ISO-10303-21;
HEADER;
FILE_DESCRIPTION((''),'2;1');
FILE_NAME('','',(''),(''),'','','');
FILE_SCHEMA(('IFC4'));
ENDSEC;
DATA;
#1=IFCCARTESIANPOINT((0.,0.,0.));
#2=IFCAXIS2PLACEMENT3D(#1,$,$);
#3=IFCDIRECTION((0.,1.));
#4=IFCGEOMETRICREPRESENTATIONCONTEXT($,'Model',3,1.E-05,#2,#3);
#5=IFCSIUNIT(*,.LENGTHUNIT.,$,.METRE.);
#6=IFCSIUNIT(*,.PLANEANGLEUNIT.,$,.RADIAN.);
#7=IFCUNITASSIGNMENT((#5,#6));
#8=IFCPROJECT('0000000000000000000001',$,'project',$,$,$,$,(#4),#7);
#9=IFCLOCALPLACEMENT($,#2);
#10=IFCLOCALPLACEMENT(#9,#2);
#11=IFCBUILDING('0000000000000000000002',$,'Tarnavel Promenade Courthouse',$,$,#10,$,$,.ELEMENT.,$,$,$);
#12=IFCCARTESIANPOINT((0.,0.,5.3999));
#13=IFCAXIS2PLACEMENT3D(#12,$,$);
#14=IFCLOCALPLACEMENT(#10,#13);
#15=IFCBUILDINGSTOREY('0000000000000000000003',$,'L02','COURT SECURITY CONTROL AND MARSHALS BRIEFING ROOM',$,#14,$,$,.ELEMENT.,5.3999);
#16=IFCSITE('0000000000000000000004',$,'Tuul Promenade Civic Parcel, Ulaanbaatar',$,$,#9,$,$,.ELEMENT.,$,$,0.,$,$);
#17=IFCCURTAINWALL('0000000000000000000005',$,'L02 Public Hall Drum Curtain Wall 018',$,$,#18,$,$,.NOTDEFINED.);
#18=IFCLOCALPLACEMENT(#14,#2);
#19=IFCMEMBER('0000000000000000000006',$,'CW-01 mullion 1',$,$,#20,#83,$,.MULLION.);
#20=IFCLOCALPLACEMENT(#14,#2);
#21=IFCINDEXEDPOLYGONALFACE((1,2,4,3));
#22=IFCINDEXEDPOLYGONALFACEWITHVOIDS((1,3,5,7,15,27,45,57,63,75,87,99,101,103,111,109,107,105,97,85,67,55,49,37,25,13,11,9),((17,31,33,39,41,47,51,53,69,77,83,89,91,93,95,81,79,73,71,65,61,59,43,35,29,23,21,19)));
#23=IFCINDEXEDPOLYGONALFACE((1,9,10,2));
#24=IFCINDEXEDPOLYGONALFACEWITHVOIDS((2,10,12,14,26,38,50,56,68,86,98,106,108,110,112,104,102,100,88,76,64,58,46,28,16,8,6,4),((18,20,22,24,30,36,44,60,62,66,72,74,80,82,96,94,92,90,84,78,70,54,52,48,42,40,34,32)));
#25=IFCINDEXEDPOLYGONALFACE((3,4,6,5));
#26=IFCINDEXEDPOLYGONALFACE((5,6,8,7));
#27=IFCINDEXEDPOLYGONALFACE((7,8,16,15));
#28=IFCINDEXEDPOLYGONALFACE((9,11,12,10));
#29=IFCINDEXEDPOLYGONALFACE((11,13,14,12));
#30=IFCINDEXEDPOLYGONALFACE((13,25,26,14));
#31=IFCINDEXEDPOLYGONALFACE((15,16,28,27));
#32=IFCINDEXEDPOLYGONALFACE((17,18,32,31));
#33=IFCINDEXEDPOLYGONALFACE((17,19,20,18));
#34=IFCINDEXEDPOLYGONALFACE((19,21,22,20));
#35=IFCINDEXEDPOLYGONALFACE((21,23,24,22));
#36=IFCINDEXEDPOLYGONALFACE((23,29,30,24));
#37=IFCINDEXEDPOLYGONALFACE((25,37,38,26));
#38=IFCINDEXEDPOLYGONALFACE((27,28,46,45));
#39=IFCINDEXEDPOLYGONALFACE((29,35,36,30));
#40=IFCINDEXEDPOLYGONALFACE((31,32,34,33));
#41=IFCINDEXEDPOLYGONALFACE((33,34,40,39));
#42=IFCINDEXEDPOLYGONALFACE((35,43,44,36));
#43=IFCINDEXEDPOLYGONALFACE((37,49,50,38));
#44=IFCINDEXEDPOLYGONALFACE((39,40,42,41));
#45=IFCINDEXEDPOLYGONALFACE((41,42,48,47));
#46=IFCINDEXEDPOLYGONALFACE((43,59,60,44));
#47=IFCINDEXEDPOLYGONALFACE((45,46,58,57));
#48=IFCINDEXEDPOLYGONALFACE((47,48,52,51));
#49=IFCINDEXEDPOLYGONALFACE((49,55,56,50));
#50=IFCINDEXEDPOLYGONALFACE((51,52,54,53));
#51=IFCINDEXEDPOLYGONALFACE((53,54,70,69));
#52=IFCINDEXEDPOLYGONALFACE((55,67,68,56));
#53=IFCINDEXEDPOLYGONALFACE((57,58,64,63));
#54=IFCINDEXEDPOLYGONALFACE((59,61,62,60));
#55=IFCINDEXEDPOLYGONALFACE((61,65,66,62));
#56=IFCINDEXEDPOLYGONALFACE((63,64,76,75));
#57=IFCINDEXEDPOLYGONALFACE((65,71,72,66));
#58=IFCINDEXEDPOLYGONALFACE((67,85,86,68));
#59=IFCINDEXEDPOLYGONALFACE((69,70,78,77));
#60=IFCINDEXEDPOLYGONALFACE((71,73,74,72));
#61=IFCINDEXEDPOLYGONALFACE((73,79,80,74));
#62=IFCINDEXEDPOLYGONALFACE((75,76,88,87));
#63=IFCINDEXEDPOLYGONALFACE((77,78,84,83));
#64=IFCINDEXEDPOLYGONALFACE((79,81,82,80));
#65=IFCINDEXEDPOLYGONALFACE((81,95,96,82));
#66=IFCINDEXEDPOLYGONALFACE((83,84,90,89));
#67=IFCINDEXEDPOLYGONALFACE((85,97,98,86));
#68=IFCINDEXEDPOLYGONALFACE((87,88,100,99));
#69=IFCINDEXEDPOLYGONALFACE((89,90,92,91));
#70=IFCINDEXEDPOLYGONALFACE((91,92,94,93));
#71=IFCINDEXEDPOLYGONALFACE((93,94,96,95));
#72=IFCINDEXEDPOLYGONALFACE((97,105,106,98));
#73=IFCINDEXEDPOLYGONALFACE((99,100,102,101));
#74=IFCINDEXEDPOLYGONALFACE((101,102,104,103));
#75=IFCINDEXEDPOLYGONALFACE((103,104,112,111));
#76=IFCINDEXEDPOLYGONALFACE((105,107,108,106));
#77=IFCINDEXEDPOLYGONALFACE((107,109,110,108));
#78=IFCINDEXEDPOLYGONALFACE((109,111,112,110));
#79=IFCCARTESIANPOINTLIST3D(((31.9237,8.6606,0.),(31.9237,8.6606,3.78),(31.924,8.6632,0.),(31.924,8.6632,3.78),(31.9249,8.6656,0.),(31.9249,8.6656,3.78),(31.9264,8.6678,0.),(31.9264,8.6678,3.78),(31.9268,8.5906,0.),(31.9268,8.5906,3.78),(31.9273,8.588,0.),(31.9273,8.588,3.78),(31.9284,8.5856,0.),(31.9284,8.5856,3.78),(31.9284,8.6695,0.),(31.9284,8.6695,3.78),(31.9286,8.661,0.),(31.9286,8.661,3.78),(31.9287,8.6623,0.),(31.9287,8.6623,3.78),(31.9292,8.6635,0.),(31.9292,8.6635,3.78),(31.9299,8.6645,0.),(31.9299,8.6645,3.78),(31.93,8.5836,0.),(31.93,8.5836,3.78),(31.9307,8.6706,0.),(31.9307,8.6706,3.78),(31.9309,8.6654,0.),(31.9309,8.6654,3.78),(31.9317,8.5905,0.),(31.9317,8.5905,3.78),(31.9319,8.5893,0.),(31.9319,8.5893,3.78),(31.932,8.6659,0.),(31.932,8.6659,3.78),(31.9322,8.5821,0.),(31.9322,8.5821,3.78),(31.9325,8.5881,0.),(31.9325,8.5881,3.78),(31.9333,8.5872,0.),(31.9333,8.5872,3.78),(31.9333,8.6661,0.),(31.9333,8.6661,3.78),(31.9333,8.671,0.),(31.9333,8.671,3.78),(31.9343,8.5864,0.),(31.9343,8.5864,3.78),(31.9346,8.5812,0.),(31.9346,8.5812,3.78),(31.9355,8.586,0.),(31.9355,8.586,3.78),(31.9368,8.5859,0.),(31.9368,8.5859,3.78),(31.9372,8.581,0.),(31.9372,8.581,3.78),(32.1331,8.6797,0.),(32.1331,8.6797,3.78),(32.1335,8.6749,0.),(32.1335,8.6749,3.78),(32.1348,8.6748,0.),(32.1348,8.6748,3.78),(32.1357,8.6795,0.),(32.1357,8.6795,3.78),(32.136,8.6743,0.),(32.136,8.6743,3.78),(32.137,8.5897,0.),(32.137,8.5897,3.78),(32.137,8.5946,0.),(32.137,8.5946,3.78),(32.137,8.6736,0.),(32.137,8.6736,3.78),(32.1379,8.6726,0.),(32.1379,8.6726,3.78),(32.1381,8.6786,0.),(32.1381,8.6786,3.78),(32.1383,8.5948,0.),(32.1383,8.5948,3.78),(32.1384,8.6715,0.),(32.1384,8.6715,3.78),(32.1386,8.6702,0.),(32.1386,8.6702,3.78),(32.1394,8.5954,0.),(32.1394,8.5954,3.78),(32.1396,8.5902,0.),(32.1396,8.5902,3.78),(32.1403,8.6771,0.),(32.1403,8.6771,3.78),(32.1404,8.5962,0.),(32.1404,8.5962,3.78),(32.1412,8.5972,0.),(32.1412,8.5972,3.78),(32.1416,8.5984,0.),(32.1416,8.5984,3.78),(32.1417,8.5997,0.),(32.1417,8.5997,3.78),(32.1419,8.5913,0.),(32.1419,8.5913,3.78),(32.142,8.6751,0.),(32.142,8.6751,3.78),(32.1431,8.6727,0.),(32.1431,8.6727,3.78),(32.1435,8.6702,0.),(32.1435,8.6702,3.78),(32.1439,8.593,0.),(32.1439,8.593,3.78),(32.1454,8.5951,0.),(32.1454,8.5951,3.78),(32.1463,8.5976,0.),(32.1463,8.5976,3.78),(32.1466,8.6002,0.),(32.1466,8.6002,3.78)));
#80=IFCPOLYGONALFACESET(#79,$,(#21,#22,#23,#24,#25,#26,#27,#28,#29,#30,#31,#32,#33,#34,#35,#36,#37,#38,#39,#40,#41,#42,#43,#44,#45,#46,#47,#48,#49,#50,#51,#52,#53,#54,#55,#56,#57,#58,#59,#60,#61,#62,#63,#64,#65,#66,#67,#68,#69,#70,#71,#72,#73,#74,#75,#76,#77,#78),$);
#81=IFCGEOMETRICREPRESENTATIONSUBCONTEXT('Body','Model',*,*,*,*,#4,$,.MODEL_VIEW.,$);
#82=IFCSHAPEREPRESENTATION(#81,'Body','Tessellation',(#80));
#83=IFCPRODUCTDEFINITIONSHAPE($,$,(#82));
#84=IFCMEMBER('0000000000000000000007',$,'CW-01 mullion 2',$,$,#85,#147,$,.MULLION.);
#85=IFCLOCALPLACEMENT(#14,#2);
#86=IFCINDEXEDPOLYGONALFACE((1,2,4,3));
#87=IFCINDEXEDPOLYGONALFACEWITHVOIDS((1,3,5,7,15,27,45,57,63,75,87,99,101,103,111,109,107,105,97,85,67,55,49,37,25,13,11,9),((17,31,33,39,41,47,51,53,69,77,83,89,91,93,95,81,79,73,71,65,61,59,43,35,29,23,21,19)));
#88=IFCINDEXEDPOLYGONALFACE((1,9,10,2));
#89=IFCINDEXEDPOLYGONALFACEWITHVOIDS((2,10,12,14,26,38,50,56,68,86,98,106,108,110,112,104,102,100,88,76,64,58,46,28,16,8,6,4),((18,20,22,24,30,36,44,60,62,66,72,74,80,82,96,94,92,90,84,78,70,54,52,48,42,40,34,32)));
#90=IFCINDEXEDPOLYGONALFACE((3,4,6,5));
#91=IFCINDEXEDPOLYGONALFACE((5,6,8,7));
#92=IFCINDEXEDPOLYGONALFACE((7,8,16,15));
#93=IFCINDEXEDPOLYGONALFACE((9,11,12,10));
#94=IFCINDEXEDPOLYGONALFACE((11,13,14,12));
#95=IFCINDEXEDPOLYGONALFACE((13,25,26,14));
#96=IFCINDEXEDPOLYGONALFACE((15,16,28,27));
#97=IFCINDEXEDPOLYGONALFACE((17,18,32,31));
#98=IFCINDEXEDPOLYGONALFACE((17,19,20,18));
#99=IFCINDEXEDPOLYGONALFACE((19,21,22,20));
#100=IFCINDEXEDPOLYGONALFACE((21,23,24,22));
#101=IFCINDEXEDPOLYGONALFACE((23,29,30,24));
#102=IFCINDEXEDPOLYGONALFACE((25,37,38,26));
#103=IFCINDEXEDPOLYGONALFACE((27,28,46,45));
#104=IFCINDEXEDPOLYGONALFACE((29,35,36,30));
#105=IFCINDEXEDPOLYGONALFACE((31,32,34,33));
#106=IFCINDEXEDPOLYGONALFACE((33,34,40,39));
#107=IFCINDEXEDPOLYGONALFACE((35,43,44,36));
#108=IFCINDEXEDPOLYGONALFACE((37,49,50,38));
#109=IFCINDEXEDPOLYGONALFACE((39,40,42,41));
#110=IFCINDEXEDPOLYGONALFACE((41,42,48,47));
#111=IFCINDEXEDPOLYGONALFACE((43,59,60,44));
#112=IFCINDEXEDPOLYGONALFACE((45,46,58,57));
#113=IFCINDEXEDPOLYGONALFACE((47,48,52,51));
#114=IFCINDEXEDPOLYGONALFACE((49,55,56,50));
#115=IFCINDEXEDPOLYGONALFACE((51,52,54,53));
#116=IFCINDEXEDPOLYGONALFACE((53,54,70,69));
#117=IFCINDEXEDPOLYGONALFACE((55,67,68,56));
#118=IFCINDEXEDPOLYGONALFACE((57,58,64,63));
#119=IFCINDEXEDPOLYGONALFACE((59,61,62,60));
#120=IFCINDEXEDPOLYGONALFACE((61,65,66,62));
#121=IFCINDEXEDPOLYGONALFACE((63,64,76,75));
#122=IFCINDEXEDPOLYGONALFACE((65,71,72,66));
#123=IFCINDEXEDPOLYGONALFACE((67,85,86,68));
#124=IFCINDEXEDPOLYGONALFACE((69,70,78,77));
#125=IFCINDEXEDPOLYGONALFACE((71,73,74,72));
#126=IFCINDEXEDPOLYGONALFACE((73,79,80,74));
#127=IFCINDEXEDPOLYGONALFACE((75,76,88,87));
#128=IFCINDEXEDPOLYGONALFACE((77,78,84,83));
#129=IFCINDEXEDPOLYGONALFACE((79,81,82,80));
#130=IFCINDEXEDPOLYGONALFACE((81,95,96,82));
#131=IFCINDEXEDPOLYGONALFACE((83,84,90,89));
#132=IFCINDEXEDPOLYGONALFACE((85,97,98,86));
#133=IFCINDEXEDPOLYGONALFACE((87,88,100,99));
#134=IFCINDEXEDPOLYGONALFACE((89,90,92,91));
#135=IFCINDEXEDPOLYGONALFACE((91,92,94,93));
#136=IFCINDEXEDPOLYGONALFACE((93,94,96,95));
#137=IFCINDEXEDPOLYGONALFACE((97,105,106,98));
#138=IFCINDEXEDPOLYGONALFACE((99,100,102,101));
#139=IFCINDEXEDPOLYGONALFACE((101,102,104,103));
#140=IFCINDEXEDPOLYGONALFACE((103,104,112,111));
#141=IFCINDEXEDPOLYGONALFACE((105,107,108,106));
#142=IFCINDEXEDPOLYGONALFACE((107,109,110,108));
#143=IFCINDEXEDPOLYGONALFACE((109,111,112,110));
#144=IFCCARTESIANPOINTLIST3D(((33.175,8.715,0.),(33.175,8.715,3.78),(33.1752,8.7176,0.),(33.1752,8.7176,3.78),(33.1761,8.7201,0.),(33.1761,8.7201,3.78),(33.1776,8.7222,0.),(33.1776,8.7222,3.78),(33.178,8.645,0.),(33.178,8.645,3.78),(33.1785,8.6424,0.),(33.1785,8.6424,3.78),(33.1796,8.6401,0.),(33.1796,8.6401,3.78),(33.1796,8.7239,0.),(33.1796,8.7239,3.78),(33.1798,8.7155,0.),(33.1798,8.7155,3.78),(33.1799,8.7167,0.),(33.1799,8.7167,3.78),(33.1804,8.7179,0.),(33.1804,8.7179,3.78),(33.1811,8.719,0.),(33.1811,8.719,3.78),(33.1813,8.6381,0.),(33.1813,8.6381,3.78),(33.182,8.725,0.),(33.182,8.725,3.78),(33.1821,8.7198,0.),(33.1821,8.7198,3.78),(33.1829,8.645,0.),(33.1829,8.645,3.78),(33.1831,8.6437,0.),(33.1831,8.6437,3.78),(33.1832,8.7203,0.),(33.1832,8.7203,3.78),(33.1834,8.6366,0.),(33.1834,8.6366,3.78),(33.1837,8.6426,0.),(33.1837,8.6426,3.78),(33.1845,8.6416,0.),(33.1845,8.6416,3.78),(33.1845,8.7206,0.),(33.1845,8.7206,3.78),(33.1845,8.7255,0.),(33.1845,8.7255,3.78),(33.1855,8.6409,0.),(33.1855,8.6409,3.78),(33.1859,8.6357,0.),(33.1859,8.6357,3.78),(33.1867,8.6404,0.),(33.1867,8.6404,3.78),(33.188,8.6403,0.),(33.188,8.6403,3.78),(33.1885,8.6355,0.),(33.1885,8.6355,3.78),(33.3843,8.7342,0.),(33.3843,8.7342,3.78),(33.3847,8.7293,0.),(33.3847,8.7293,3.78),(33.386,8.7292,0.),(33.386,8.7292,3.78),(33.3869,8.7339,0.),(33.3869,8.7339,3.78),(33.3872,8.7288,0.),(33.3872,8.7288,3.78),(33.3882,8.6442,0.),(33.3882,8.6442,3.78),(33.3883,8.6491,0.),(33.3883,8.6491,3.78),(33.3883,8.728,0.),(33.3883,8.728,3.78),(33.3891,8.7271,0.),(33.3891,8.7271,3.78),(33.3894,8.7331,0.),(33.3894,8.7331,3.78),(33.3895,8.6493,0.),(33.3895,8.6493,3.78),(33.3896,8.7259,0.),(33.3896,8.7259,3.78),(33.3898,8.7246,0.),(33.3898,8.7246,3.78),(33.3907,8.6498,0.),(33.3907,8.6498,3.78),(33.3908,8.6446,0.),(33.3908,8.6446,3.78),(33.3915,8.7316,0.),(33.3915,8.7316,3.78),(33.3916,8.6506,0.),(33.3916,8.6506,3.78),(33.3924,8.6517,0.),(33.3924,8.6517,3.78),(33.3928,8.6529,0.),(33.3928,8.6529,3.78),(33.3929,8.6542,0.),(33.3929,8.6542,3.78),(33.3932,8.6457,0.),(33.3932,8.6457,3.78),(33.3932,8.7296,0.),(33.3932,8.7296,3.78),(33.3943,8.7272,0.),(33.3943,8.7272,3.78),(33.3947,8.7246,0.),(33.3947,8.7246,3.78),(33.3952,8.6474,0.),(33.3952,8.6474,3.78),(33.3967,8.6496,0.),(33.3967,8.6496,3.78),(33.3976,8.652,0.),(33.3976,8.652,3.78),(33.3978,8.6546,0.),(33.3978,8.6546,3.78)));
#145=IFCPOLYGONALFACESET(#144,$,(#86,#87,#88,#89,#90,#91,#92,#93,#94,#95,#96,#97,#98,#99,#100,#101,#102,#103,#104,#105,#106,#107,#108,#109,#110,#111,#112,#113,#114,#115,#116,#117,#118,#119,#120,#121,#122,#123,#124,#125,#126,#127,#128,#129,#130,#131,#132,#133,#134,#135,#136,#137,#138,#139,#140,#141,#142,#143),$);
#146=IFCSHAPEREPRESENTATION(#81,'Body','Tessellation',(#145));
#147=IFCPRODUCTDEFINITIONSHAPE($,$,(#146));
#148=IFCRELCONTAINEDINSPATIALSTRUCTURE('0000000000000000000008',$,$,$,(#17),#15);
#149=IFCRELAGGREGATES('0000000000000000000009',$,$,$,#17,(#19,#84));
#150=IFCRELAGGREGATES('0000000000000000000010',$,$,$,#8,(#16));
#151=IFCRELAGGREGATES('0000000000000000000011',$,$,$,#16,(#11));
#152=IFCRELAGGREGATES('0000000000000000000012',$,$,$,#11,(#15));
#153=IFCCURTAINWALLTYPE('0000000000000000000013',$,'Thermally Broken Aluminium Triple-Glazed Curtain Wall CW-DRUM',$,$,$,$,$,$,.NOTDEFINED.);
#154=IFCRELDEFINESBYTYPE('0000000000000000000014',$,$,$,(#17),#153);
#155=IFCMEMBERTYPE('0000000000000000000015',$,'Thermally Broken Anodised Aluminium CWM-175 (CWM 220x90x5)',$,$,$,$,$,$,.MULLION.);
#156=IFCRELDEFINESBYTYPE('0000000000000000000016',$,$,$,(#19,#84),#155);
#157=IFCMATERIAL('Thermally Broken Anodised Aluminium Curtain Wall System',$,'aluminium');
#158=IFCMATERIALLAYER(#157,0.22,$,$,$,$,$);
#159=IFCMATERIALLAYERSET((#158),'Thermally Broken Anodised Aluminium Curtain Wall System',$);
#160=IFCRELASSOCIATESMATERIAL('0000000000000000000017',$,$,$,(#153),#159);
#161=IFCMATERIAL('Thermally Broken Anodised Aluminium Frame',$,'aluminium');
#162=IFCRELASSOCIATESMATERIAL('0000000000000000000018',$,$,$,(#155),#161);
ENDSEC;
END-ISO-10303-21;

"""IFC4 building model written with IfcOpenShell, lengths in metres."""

from ifc_helpers import new_model, si_unit, direction, frame, origin, origin_2d, place, context, subcontext, project, spatial, hollow_rectangle, extrude, material, layer, layer_set, material_profile, profile_set, type_object, element, aggregate, save


model = new_model("IFC4")

# Units and contexts
model_context = context("Model", 3, precision=1e-05, world=origin(), true_north=direction((0.0, 1.0)))
body_context = subcontext(model_context, "Body", "Model", "MODEL_VIEW")
ifc_project = project(units=[si_unit("LENGTHUNIT", "METRE"), si_unit("PLANEANGLEUNIT", "RADIAN")], contexts=[model_context])

# Site, building, storey
site_placement = place(None, origin())
site = spatial("IfcSite", under=ifc_project, at=site_placement, Name="Tuul Promenade Civic Parcel, Ulaanbaatar", CompositionType="ELEMENT", RefElevation=0.0)
building_placement = place(site_placement, origin())
building = spatial("IfcBuilding", under=site, at=building_placement, Name="Tarnavel Promenade Courthouse", CompositionType="ELEMENT")
storey_placement = place(building_placement, frame((0.0, 0.0, 5.3999)))
storey = spatial("IfcBuildingStorey", under=building, at=storey_placement, Name="L02", Description="COURT SECURITY CONTROL AND MARSHALS BRIEFING ROOM", CompositionType="ELEMENT", Elevation=5.3999)

# Shared definitions
ifc_material_1 = material(Name="Thermally Broken Anodised Aluminium Curtain Wall System", Category="aluminium")
ifc_layer_1 = layer(ifc_material_1, 0.22)
ifc_layer_set_1 = layer_set([ifc_layer_1], Name="Thermally Broken Anodised Aluminium Curtain Wall System")
curtain_wall_type = type_object("IfcCurtainWallType", Name="Thermally Broken Aluminium Triple-Glazed Curtain Wall CW-DRUM", PredefinedType="NOTDEFINED", material=ifc_layer_set_1)
ifc_material_2 = material(Name="Thermally Broken Anodised Aluminium Frame", Category="aluminium")
ifc_material_profile_1 = material_profile(ifc_material_2, hollow_rectangle(XDim=0.0901, YDim=0.22, WallThickness=0.0049, InnerFilletRadius=0.0049, OuterFilletRadius=0.01, at=origin_2d()), Name="CWM 220x90x5")
ifc_profile_set_1 = profile_set([ifc_material_profile_1], Name="Thermally Broken Anodised Aluminium Frame")
member_type_1 = type_object("IfcMemberType", Name="Thermally Broken Anodised Aluminium CWM-175 (CWM 220x90x5)", PredefinedType="MULLION", material=ifc_profile_set_1)

# Curtain wall, members
curtain_wall_1_placement = place(storey_placement, origin())
curtain_wall_1 = element("IfcCurtainWall", 1, at=curtain_wall_1_placement, inside=storey, type_object=curtain_wall_type, Name="L02 Public Hall Drum Curtain Wall 018", PredefinedType="NOTDEFINED")
member_1_placement = place(storey_placement, frame((32.0352, 8.6304, 0.0), z_axis=(0.0, 0.0, 1.0), x_axis=(-0.043619, 0.999048, 0.0)))
member_1 = element("IfcMember", 2, at=member_1_placement, type_object=member_type_1, Name="CW-01 mullion 1", PredefinedType="MULLION", context=body_context, shape_type="SweptSolid", body=[
    extrude(hollow_rectangle(XDim=0.0901, YDim=0.22, WallThickness=0.0049, InnerFilletRadius=0.0049, OuterFilletRadius=0.01, at=origin_2d()), origin(), (0.0, 0.0, 1.0), 3.78),
])
member_2_placement = place(storey_placement, frame((33.2864, 8.6848, 0.0), z_axis=(0.0, 0.0, 1.0), x_axis=(-0.043619, 0.999048, 0.0)))
member_2 = element("IfcMember", 3, at=member_2_placement, type_object=member_type_1, Name="CW-01 mullion 2", PredefinedType="MULLION", context=body_context, shape_type="SweptSolid", body=[
    extrude(hollow_rectangle(XDim=0.0901, YDim=0.22, WallThickness=0.0049, InnerFilletRadius=0.0049, OuterFilletRadius=0.01, at=origin_2d()), origin(), (0.0, 0.0, 1.0), 3.78),
])

aggregate(curtain_wall_1, [member_1, member_2])

save(model, "model.ifc")
